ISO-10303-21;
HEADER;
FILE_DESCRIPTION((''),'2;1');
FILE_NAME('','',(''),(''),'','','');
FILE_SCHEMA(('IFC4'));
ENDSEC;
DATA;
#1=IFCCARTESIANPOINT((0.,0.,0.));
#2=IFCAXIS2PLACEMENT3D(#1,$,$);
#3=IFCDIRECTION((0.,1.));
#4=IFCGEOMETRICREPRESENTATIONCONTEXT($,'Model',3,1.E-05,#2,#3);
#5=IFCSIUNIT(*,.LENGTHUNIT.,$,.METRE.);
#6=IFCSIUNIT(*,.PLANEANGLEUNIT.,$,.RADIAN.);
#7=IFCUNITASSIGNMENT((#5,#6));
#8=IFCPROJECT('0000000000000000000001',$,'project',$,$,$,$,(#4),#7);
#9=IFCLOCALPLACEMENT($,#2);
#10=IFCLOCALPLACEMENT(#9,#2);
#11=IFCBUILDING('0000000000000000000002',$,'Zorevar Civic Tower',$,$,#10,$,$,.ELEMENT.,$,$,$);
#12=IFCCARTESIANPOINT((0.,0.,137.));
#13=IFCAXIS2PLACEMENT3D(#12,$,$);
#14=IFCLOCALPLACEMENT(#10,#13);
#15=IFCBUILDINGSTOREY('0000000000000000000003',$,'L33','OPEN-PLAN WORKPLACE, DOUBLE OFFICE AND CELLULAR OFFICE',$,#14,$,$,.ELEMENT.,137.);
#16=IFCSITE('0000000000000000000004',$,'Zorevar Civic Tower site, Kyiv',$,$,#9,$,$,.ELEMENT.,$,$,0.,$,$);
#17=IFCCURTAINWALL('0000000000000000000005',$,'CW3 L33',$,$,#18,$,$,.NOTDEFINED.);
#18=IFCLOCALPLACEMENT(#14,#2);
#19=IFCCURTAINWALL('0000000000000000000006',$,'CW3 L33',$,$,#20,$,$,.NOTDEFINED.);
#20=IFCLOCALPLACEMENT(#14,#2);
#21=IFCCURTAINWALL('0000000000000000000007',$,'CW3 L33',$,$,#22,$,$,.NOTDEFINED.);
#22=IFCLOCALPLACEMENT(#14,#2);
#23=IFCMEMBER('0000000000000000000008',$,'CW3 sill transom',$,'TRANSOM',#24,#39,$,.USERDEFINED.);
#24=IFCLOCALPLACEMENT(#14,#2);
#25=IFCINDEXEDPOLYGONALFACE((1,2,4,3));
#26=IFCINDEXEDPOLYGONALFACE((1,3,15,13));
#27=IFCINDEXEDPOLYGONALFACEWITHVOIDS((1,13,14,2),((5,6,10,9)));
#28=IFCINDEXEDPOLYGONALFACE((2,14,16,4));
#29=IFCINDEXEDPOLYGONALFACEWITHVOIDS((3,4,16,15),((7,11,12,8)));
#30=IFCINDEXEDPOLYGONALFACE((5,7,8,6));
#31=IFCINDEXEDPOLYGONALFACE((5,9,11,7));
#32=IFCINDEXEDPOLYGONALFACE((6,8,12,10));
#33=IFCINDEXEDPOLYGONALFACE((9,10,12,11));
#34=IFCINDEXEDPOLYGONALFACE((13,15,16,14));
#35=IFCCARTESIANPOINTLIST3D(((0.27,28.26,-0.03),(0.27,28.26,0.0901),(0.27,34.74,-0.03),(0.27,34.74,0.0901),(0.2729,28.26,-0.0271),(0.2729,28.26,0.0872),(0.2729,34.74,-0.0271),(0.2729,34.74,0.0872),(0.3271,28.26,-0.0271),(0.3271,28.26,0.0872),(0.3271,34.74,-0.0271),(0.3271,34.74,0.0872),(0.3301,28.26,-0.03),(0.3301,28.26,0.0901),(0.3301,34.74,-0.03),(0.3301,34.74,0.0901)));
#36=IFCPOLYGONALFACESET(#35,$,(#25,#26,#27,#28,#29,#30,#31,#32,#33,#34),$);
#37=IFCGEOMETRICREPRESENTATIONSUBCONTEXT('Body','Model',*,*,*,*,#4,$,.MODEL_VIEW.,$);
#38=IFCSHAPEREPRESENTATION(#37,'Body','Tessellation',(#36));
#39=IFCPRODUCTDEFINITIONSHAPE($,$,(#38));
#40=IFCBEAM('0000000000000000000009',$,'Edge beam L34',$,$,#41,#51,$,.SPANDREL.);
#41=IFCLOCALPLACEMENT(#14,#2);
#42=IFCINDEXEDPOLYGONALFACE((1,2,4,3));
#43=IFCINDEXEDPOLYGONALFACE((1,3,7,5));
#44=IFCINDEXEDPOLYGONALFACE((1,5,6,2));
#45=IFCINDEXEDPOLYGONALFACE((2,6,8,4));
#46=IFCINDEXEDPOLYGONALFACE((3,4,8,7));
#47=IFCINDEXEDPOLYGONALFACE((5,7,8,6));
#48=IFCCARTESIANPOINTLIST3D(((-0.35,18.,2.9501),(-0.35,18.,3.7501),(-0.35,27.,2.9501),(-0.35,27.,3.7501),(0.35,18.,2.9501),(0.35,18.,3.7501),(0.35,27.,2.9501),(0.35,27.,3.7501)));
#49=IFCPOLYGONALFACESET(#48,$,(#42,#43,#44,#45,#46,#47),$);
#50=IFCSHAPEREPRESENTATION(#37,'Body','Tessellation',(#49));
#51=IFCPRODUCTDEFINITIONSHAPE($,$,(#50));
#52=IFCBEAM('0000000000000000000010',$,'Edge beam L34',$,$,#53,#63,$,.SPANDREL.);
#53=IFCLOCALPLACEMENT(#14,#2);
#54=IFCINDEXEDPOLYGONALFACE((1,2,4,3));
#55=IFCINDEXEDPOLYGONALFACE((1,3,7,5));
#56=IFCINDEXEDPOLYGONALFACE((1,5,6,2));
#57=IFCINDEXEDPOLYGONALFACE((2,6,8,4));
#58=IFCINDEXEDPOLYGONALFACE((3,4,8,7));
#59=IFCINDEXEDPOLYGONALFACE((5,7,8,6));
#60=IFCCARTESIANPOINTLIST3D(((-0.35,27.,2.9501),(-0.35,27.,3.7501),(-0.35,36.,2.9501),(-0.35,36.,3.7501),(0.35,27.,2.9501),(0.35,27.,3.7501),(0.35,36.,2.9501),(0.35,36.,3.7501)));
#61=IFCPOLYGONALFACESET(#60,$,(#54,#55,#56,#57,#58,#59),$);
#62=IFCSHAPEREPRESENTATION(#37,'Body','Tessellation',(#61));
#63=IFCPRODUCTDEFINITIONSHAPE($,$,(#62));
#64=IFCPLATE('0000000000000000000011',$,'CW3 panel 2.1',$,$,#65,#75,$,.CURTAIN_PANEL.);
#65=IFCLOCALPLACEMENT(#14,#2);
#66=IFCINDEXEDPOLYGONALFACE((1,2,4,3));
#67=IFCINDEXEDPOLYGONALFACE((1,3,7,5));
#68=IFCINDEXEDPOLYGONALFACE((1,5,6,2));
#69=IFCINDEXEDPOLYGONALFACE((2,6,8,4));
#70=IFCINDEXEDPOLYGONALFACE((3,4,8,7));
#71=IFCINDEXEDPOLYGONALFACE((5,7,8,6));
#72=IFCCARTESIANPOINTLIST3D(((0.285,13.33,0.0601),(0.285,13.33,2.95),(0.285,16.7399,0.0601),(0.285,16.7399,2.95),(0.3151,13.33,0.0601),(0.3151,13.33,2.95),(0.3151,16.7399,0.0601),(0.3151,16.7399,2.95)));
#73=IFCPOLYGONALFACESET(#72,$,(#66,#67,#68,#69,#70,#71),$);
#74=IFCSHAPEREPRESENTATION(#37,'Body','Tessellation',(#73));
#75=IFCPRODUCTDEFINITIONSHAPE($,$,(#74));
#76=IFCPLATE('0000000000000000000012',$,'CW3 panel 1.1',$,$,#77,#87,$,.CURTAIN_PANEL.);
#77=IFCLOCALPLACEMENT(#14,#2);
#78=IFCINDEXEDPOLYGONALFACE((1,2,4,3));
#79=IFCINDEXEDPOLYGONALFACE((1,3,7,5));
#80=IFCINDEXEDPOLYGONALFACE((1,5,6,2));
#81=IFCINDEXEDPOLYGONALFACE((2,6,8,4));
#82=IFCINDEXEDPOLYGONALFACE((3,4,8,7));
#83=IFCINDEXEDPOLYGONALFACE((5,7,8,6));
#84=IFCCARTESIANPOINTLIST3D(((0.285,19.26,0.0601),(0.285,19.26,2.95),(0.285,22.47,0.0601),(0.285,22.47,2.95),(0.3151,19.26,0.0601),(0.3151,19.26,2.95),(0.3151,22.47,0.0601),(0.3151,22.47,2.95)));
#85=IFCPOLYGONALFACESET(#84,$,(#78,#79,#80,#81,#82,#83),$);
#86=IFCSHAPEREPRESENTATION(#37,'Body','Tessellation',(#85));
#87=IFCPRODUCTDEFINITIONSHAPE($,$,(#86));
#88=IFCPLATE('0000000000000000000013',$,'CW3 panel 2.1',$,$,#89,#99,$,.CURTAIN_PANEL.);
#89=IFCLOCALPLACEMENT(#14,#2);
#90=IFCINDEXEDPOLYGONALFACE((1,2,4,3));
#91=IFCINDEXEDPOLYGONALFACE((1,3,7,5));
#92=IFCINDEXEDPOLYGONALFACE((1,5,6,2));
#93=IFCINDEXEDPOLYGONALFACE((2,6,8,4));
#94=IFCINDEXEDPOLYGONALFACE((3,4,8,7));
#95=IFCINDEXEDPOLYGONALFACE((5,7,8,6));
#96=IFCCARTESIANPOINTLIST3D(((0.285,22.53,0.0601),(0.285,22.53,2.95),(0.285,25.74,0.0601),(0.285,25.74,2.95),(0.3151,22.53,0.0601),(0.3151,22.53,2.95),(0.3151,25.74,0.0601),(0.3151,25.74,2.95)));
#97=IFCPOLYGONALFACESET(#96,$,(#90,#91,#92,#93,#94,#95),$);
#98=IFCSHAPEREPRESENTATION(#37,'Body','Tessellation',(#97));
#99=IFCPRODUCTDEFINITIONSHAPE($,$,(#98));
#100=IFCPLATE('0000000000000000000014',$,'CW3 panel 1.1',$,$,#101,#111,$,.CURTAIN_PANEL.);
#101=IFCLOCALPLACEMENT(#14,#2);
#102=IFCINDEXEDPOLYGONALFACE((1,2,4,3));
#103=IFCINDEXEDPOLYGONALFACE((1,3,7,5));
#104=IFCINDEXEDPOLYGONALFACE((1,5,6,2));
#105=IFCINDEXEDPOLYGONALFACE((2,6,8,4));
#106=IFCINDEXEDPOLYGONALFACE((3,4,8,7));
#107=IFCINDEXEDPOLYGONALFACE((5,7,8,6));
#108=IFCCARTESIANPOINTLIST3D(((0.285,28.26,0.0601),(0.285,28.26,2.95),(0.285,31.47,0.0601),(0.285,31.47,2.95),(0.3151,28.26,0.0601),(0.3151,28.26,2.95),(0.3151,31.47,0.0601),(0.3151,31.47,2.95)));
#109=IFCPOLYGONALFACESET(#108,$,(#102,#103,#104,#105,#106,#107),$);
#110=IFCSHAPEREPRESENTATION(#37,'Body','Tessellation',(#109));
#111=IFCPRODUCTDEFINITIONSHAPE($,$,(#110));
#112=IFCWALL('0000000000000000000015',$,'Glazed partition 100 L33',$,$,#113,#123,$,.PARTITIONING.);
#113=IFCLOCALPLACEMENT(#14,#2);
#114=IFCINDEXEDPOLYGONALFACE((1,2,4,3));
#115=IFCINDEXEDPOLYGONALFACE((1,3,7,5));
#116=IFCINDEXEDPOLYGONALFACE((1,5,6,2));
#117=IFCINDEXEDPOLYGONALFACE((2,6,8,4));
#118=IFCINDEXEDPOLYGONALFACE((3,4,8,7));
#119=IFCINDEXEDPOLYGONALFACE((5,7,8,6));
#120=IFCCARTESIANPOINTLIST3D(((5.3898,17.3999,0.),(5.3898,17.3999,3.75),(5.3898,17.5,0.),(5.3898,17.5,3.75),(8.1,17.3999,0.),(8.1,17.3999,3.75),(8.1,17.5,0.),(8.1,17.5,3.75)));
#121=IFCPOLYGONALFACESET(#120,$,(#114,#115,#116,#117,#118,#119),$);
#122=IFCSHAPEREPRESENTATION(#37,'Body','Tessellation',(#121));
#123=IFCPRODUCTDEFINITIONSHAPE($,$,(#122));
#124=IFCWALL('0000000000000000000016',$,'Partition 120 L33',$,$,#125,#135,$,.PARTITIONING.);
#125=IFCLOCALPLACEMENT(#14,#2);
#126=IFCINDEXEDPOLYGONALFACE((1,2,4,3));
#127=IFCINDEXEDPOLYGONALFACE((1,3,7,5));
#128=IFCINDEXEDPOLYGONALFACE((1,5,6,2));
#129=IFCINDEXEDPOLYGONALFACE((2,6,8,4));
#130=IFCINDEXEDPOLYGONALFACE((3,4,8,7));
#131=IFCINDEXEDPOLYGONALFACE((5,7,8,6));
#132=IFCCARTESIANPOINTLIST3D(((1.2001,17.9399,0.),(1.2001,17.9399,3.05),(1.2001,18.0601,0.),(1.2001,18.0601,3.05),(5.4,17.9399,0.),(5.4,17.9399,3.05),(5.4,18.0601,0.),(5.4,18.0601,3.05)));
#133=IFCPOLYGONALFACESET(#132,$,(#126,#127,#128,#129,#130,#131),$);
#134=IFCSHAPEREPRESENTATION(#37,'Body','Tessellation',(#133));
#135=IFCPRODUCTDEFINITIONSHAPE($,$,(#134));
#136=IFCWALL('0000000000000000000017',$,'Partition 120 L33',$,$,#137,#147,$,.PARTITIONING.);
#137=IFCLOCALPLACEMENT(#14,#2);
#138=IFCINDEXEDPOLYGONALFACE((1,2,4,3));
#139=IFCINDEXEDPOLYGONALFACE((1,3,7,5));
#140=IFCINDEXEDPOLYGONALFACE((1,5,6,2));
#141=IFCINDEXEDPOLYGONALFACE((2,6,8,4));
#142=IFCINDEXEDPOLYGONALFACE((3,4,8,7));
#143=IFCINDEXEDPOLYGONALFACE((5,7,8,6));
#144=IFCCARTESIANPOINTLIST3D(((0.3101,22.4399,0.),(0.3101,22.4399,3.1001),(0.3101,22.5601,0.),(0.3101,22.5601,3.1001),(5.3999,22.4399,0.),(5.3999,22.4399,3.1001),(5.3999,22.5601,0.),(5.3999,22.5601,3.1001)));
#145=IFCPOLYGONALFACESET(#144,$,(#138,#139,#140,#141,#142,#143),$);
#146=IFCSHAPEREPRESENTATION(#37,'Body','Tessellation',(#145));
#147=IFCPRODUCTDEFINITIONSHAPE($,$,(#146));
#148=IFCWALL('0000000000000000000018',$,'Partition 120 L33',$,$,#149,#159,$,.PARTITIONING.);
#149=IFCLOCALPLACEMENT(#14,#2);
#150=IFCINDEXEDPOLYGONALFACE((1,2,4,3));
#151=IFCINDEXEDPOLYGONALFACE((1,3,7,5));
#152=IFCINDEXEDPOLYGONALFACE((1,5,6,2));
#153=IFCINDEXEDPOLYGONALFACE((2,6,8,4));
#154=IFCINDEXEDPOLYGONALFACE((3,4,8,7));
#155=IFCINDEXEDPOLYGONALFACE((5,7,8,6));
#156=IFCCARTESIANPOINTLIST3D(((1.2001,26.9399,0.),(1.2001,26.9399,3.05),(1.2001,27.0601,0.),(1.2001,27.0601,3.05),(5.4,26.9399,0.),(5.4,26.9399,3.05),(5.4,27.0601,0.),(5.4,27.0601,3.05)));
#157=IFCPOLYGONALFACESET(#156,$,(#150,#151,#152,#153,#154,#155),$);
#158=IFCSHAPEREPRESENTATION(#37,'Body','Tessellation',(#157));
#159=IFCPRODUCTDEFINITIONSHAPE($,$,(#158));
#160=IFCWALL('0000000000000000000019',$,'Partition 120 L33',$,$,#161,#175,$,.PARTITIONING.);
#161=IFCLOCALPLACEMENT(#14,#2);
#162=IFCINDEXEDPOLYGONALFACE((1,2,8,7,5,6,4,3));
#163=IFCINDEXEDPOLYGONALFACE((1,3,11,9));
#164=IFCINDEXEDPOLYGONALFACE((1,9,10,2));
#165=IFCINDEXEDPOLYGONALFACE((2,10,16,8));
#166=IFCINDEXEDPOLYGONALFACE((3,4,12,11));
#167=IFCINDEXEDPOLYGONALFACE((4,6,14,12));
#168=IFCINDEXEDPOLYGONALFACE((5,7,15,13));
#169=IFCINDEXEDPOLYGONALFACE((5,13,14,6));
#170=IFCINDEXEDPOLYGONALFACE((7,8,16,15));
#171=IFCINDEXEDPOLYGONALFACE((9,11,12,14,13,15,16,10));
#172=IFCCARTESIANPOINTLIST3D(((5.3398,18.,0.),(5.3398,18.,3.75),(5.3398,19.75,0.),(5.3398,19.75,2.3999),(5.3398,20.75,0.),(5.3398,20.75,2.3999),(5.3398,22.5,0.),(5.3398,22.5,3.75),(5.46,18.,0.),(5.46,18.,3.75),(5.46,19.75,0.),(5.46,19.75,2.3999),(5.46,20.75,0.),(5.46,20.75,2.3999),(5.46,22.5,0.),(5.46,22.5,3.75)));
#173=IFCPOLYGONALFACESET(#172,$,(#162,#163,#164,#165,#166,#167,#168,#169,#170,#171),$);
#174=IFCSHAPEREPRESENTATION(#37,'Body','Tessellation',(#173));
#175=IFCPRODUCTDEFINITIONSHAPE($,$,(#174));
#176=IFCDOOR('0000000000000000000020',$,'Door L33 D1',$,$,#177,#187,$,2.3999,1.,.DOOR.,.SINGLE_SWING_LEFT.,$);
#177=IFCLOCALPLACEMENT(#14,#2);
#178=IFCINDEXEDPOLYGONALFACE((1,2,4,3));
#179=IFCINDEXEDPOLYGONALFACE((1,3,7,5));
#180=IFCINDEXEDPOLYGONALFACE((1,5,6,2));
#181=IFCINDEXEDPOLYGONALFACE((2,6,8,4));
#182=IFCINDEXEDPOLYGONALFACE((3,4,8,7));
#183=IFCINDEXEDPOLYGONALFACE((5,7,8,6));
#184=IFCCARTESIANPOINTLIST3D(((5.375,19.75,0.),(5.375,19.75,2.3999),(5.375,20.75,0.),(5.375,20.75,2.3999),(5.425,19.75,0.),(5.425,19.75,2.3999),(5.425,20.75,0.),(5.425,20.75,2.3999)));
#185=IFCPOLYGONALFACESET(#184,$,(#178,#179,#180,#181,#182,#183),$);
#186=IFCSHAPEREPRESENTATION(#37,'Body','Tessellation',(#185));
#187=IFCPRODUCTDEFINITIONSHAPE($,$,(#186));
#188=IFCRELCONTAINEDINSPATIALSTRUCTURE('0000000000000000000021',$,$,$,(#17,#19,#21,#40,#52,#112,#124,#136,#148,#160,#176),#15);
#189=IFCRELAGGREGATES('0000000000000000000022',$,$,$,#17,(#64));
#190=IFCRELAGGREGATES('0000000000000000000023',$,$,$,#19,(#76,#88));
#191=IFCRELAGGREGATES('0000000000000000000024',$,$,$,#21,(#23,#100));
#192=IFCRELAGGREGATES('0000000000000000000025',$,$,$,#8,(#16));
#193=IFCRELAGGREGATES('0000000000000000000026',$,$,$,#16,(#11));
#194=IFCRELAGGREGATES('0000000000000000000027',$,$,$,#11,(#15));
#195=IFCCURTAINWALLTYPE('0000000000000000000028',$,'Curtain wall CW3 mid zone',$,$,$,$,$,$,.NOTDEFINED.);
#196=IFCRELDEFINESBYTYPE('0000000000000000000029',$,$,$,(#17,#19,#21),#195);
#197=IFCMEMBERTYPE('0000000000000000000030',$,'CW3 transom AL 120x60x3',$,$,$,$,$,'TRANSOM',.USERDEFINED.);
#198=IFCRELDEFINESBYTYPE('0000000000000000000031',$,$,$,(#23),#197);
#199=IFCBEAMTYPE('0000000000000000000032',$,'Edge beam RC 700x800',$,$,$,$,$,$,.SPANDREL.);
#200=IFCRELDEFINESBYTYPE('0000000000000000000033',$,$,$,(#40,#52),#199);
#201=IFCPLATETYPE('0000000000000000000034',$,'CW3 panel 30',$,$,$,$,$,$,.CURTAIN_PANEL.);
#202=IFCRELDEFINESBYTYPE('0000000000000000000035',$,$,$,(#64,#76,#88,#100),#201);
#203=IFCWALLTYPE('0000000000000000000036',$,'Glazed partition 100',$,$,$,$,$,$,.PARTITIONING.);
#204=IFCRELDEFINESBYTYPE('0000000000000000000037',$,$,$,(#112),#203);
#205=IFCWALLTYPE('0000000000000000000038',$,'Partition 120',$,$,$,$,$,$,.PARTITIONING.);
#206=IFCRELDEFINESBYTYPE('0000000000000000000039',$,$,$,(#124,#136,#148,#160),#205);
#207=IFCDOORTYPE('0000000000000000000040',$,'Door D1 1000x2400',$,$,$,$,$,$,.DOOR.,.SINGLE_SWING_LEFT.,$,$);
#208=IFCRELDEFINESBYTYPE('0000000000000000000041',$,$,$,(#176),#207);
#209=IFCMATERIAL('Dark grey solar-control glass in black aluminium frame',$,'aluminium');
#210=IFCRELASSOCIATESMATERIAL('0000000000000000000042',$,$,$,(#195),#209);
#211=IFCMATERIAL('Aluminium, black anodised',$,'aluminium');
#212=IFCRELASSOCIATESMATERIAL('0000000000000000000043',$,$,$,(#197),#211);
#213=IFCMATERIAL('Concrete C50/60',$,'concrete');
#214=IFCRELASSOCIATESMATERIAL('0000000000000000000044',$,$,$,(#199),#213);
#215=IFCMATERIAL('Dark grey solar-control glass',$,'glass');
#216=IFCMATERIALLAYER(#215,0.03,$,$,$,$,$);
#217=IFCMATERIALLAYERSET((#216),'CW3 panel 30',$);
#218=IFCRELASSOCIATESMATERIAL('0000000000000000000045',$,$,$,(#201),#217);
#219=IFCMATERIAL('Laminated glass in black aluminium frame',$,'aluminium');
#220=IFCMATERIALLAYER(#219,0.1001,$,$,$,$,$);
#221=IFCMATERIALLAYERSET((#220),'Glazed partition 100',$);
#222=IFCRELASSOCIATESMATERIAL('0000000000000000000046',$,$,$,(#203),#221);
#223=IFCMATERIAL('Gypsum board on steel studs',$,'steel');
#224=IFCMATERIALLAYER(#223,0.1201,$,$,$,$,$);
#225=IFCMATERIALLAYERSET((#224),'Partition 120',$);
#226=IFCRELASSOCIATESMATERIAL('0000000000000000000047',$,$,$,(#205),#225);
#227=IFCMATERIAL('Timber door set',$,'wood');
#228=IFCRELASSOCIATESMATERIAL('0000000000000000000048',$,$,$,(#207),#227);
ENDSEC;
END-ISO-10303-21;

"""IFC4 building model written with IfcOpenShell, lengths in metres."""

from ifc_helpers import new_model, si_unit, direction, frame, frame_2d, origin, origin_2d, place, context, subcontext, project, spatial, rectangle, hollow_rectangle, extrude, material, layer, layer_set, material_profile, profile_set, type_object, element, fill, aggregate, save


model = new_model("IFC4")

# Units and contexts
model_context = context("Model", 3, precision=1e-05, world=origin(), true_north=direction((0.0, 1.0)))
body_context = subcontext(model_context, "Body", "Model", "MODEL_VIEW")
ifc_project = project(units=[si_unit("LENGTHUNIT", "METRE"), si_unit("PLANEANGLEUNIT", "RADIAN")], contexts=[model_context])

# Site, building, storey
site_placement = place(None, origin())
site = spatial("IfcSite", under=ifc_project, at=site_placement, Name="Zorevar Civic Tower site, Kyiv", CompositionType="ELEMENT", RefElevation=0.0)
building_placement = place(site_placement, origin())
building = spatial("IfcBuilding", under=site, at=building_placement, Name="Zorevar Civic Tower", CompositionType="ELEMENT")
storey_placement = place(building_placement, frame((0.0, 0.0, 137.0)))
storey = spatial("IfcBuildingStorey", under=building, at=storey_placement, Name="L33", Description="OPEN-PLAN WORKPLACE, DOUBLE OFFICE AND CELLULAR OFFICE", CompositionType="ELEMENT", Elevation=137.0)

# Curtain wall
ifc_material_1 = material(Name="Dark grey solar-control glass in black aluminium frame", Category="aluminium")
curtain_wall_type = type_object("IfcCurtainWallType", Name="Curtain wall CW3 mid zone", PredefinedType="NOTDEFINED", material=ifc_material_1)
curtain_wall_1_placement = place(storey_placement, origin())
curtain_wall_1 = element("IfcCurtainWall", 1, at=curtain_wall_1_placement, inside=storey, type_object=curtain_wall_type, Name="CW3 L33", PredefinedType="NOTDEFINED")

# Curtain walls
curtain_wall_2_placement = place(storey_placement, origin())
curtain_wall_2 = element("IfcCurtainWall", 2, at=curtain_wall_2_placement, inside=storey, type_object=curtain_wall_type, Name="CW3 L33", PredefinedType="NOTDEFINED")
curtain_wall_3_placement = place(storey_placement, origin())
curtain_wall_3 = element("IfcCurtainWall", 3, at=curtain_wall_3_placement, inside=storey, type_object=curtain_wall_type, Name="CW3 L33", PredefinedType="NOTDEFINED")

# Member
ifc_material_2 = material(Name="Aluminium, black anodised", Category="aluminium")
ifc_material_profile_1 = material_profile(ifc_material_2, hollow_rectangle(XDim=0.0601, YDim=0.1201, WallThickness=0.0029, at=origin_2d()), Name="AL 120x60x3")
ifc_profile_set_1 = profile_set([ifc_material_profile_1], Name="Aluminium, black anodised")
member_type_1 = type_object("IfcMemberType", Name="CW3 transom AL 120x60x3", ElementType="TRANSOM", PredefinedType="USERDEFINED", material=ifc_profile_set_1)
member_1_placement = place(storey_placement, frame((0.3, 28.26, 0.03), z_axis=(0.0, 1.0, 0.0), x_axis=(-1.0, 0.0, 0.0)))
member_1 = element("IfcMember", 4, at=member_1_placement, type_object=member_type_1, Name="CW3 sill transom", ObjectType="TRANSOM", PredefinedType="USERDEFINED", context=body_context, shape_type="SweptSolid", body=[
    extrude(hollow_rectangle(XDim=0.0601, YDim=0.1201, WallThickness=0.0029, at=origin_2d()), origin(), (0.0, 0.0, 1.0), 6.48),
])

# Beams
ifc_material_3 = material(Name="Concrete C50/60", Category="concrete")
ifc_material_profile_2 = material_profile(ifc_material_3, rectangle(XDim=0.7, YDim=0.8, at=origin_2d()), Name="RC 700x800")
ifc_profile_set_2 = profile_set([ifc_material_profile_2], Name="Concrete C50/60")
beam_type_1 = type_object("IfcBeamType", Name="Edge beam RC 700x800", PredefinedType="SPANDREL", material=ifc_profile_set_2)
for number, where, z_axis, x_axis, name in (
    (5, (0.0, 18.0, 3.3501), (0.0, 1.0, 0.0), (-1.0, 0.0, 0.0), "Edge beam L34"),
    (6, (0.0, 27.0, 3.3501), (0.0, 1.0, 0.0), (-1.0, 0.0, 0.0), "Edge beam L34"),
):
    element("IfcBeam", number, at=place(storey_placement, frame(where, z_axis=z_axis, x_axis=x_axis)), inside=storey, type_object=beam_type_1, Name=name, PredefinedType="SPANDREL", context=body_context, shape_type="SweptSolid", body=[
        extrude(rectangle(XDim=0.7, YDim=0.8, at=origin_2d()), origin(), (0.0, 0.0, 1.0), 9.0),
    ])

# Plates
ifc_material_4 = material(Name="Dark grey solar-control glass", Category="glass")
ifc_layer_1 = layer(ifc_material_4, 0.03)
ifc_layer_set_1 = layer_set([ifc_layer_1], Name="CW3 panel 30")
plate_type = type_object("IfcPlateType", Name="CW3 panel 30", PredefinedType="CURTAIN_PANEL", material=ifc_layer_set_1)
plate_1_placement = place(storey_placement, frame((0.3, 15.0349, 0.0601), z_axis=(0.0, 0.0, 1.0), x_axis=(0.0, 1.0, 0.0)))
plate_1 = element("IfcPlate", 7, at=plate_1_placement, type_object=plate_type, Name="CW3 panel 2.1", PredefinedType="CURTAIN_PANEL", context=body_context, shape_type="SweptSolid", body=[
    extrude(rectangle(XDim=3.4099, YDim=0.03, at=origin_2d()), origin(), (0.0, 0.0, 1.0), 2.8899),
])
aggregate(curtain_wall_1, [plate_1])
plate_2_placement = place(storey_placement, frame((0.3, 20.865, 0.0601), z_axis=(0.0, 0.0, 1.0), x_axis=(0.0, 1.0, 0.0)))
plate_2 = element("IfcPlate", 8, at=plate_2_placement, type_object=plate_type, Name="CW3 panel 1.1", PredefinedType="CURTAIN_PANEL", context=body_context, shape_type="SweptSolid", body=[
    extrude(rectangle(XDim=3.21, YDim=0.03, at=origin_2d()), origin(), (0.0, 0.0, 1.0), 2.8899),
])
plate_3_placement = place(storey_placement, frame((0.3, 24.135, 0.0601), z_axis=(0.0, 0.0, 1.0), x_axis=(0.0, 1.0, 0.0)))
plate_3 = element("IfcPlate", 9, at=plate_3_placement, type_object=plate_type, Name="CW3 panel 2.1", PredefinedType="CURTAIN_PANEL", context=body_context, shape_type="SweptSolid", body=[
    extrude(rectangle(XDim=3.21, YDim=0.03, at=origin_2d()), origin(), (0.0, 0.0, 1.0), 2.8899),
])
aggregate(curtain_wall_2, [plate_2, plate_3])
plate_4_placement = place(storey_placement, frame((0.3, 29.865, 0.0601), z_axis=(0.0, 0.0, 1.0), x_axis=(0.0, 1.0, 0.0)))
plate_4 = element("IfcPlate", 10, at=plate_4_placement, type_object=plate_type, Name="CW3 panel 1.1", PredefinedType="CURTAIN_PANEL", context=body_context, shape_type="SweptSolid", body=[
    extrude(rectangle(XDim=3.21, YDim=0.03, at=origin_2d()), origin(), (0.0, 0.0, 1.0), 2.8899),
])
aggregate(curtain_wall_3, [member_1, plate_4])

# Walls
ifc_material_5 = material(Name="Laminated glass in black aluminium frame", Category="aluminium")
ifc_layer_2 = layer(ifc_material_5, 0.1001)
ifc_layer_set_2 = layer_set([ifc_layer_2], Name="Glazed partition 100")
wall_type_1 = type_object("IfcWallType", Name="Glazed partition 100", PredefinedType="PARTITIONING", material=ifc_layer_set_2)
wall_1_placement = place(storey_placement, frame((5.3899, 17.45, 0.0), z_axis=(0.0, 0.0, 1.0), x_axis=(1.0, 0.0, 0.0)))
element("IfcWall", 11, at=wall_1_placement, inside=storey, type_object=wall_type_1, Name="Glazed partition 100 L33", PredefinedType="PARTITIONING", context=body_context, shape_type="SweptSolid", body=[
    extrude(rectangle(XDim=2.7102, YDim=0.1001, at=frame_2d((1.355, 0.0))), origin(), (0.0, 0.0, 1.0), 3.75),
])
ifc_material_6 = material(Name="Gypsum board on steel studs", Category="steel")
ifc_layer_3 = layer(ifc_material_6, 0.1201)
ifc_layer_set_3 = layer_set([ifc_layer_3], Name="Partition 120")
wall_type_2 = type_object("IfcWallType", Name="Partition 120", PredefinedType="PARTITIONING", material=ifc_layer_set_3)
wall_2_placement = place(storey_placement, frame((1.2, 18.0, 0.0), z_axis=(0.0, 0.0, 1.0), x_axis=(1.0, 0.0, 0.0)))
element("IfcWall", 12, at=wall_2_placement, inside=storey, type_object=wall_type_2, Name="Partition 120 L33", PredefinedType="PARTITIONING", context=body_context, shape_type="SweptSolid", body=[
    extrude(rectangle(XDim=4.2, YDim=0.1201, at=frame_2d((2.1001, 0.0))), origin(), (0.0, 0.0, 1.0), 3.05),
])
wall_3_placement = place(storey_placement, frame((0.3101, 22.5, 0.0), z_axis=(0.0, 0.0, 1.0), x_axis=(1.0, 0.0, 0.0)))
element("IfcWall", 13, at=wall_3_placement, inside=storey, type_object=wall_type_2, Name="Partition 120 L33", PredefinedType="PARTITIONING", context=body_context, shape_type="SweptSolid", body=[
    extrude(rectangle(XDim=5.0898, YDim=0.1201, at=frame_2d((2.5449, 0.0))), origin(), (0.0, 0.0, 1.0), 3.1001),
])
wall_4_placement = place(storey_placement, frame((1.2, 27.0, 0.0), z_axis=(0.0, 0.0, 1.0), x_axis=(1.0, 0.0, 0.0)))
element("IfcWall", 14, at=wall_4_placement, inside=storey, type_object=wall_type_2, Name="Partition 120 L33", PredefinedType="PARTITIONING", context=body_context, shape_type="SweptSolid", body=[
    extrude(rectangle(XDim=4.2, YDim=0.1201, at=frame_2d((2.1001, 0.0))), origin(), (0.0, 0.0, 1.0), 3.05),
])

# Wall, opening, door
wall_5_placement = place(storey_placement, frame((5.3999, 18.0, 0.0), z_axis=(0.0, 0.0, 1.0), x_axis=(0.0, 1.0, 0.0)))
wall_5 = element("IfcWall", 15, at=wall_5_placement, inside=storey, type_object=wall_type_2, Name="Partition 120 L33", PredefinedType="PARTITIONING", context=body_context, shape_type="SweptSolid", body=[
    extrude(rectangle(XDim=4.5, YDim=0.1201, at=frame_2d((2.25, 0.0))), origin(), (0.0, 0.0, 1.0), 3.75),
])
opening_placement = place(wall_5_placement, frame((1.75, 0.0, 0.0)))
opening = element("IfcOpeningElement", 16, at=opening_placement, cuts=wall_5, PredefinedType="OPENING", context=body_context, shape_type="SweptSolid", body=[
    extrude(rectangle(XDim=1.0, YDim=2.3999, at=frame_2d((0.5, 1.2))), frame((0.0, 0.0701, 0.0), z_axis=(0.0, -1.0, 0.0), x_axis=(1.0, 0.0, 0.0)), (0.0, 0.0, 1.0), 0.1401),
])
ifc_material_7 = material(Name="Timber door set", Category="wood")
door_type = type_object("IfcDoorType", Name="Door D1 1000x2400", OperationType="SINGLE_SWING_LEFT", PredefinedType="DOOR", material=ifc_material_7)
door_placement = place(opening_placement, origin())
door = element("IfcDoor", 17, at=door_placement, inside=storey, type_object=door_type, Name="Door L33 D1", OperationType="SINGLE_SWING_LEFT", OverallHeight=2.3999, OverallWidth=1.0, PredefinedType="DOOR", context=body_context, shape_type="SweptSolid", body=[
    extrude(rectangle(XDim=1.0, YDim=2.3999, at=frame_2d((0.5, 1.2))), frame((0.0, 0.0249, 0.0), z_axis=(0.0, -1.0, 0.0), x_axis=(1.0, 0.0, 0.0)), (0.0, 0.0, 1.0), 0.05),
])
fill(opening, door)

save(model, "model.ifc")
